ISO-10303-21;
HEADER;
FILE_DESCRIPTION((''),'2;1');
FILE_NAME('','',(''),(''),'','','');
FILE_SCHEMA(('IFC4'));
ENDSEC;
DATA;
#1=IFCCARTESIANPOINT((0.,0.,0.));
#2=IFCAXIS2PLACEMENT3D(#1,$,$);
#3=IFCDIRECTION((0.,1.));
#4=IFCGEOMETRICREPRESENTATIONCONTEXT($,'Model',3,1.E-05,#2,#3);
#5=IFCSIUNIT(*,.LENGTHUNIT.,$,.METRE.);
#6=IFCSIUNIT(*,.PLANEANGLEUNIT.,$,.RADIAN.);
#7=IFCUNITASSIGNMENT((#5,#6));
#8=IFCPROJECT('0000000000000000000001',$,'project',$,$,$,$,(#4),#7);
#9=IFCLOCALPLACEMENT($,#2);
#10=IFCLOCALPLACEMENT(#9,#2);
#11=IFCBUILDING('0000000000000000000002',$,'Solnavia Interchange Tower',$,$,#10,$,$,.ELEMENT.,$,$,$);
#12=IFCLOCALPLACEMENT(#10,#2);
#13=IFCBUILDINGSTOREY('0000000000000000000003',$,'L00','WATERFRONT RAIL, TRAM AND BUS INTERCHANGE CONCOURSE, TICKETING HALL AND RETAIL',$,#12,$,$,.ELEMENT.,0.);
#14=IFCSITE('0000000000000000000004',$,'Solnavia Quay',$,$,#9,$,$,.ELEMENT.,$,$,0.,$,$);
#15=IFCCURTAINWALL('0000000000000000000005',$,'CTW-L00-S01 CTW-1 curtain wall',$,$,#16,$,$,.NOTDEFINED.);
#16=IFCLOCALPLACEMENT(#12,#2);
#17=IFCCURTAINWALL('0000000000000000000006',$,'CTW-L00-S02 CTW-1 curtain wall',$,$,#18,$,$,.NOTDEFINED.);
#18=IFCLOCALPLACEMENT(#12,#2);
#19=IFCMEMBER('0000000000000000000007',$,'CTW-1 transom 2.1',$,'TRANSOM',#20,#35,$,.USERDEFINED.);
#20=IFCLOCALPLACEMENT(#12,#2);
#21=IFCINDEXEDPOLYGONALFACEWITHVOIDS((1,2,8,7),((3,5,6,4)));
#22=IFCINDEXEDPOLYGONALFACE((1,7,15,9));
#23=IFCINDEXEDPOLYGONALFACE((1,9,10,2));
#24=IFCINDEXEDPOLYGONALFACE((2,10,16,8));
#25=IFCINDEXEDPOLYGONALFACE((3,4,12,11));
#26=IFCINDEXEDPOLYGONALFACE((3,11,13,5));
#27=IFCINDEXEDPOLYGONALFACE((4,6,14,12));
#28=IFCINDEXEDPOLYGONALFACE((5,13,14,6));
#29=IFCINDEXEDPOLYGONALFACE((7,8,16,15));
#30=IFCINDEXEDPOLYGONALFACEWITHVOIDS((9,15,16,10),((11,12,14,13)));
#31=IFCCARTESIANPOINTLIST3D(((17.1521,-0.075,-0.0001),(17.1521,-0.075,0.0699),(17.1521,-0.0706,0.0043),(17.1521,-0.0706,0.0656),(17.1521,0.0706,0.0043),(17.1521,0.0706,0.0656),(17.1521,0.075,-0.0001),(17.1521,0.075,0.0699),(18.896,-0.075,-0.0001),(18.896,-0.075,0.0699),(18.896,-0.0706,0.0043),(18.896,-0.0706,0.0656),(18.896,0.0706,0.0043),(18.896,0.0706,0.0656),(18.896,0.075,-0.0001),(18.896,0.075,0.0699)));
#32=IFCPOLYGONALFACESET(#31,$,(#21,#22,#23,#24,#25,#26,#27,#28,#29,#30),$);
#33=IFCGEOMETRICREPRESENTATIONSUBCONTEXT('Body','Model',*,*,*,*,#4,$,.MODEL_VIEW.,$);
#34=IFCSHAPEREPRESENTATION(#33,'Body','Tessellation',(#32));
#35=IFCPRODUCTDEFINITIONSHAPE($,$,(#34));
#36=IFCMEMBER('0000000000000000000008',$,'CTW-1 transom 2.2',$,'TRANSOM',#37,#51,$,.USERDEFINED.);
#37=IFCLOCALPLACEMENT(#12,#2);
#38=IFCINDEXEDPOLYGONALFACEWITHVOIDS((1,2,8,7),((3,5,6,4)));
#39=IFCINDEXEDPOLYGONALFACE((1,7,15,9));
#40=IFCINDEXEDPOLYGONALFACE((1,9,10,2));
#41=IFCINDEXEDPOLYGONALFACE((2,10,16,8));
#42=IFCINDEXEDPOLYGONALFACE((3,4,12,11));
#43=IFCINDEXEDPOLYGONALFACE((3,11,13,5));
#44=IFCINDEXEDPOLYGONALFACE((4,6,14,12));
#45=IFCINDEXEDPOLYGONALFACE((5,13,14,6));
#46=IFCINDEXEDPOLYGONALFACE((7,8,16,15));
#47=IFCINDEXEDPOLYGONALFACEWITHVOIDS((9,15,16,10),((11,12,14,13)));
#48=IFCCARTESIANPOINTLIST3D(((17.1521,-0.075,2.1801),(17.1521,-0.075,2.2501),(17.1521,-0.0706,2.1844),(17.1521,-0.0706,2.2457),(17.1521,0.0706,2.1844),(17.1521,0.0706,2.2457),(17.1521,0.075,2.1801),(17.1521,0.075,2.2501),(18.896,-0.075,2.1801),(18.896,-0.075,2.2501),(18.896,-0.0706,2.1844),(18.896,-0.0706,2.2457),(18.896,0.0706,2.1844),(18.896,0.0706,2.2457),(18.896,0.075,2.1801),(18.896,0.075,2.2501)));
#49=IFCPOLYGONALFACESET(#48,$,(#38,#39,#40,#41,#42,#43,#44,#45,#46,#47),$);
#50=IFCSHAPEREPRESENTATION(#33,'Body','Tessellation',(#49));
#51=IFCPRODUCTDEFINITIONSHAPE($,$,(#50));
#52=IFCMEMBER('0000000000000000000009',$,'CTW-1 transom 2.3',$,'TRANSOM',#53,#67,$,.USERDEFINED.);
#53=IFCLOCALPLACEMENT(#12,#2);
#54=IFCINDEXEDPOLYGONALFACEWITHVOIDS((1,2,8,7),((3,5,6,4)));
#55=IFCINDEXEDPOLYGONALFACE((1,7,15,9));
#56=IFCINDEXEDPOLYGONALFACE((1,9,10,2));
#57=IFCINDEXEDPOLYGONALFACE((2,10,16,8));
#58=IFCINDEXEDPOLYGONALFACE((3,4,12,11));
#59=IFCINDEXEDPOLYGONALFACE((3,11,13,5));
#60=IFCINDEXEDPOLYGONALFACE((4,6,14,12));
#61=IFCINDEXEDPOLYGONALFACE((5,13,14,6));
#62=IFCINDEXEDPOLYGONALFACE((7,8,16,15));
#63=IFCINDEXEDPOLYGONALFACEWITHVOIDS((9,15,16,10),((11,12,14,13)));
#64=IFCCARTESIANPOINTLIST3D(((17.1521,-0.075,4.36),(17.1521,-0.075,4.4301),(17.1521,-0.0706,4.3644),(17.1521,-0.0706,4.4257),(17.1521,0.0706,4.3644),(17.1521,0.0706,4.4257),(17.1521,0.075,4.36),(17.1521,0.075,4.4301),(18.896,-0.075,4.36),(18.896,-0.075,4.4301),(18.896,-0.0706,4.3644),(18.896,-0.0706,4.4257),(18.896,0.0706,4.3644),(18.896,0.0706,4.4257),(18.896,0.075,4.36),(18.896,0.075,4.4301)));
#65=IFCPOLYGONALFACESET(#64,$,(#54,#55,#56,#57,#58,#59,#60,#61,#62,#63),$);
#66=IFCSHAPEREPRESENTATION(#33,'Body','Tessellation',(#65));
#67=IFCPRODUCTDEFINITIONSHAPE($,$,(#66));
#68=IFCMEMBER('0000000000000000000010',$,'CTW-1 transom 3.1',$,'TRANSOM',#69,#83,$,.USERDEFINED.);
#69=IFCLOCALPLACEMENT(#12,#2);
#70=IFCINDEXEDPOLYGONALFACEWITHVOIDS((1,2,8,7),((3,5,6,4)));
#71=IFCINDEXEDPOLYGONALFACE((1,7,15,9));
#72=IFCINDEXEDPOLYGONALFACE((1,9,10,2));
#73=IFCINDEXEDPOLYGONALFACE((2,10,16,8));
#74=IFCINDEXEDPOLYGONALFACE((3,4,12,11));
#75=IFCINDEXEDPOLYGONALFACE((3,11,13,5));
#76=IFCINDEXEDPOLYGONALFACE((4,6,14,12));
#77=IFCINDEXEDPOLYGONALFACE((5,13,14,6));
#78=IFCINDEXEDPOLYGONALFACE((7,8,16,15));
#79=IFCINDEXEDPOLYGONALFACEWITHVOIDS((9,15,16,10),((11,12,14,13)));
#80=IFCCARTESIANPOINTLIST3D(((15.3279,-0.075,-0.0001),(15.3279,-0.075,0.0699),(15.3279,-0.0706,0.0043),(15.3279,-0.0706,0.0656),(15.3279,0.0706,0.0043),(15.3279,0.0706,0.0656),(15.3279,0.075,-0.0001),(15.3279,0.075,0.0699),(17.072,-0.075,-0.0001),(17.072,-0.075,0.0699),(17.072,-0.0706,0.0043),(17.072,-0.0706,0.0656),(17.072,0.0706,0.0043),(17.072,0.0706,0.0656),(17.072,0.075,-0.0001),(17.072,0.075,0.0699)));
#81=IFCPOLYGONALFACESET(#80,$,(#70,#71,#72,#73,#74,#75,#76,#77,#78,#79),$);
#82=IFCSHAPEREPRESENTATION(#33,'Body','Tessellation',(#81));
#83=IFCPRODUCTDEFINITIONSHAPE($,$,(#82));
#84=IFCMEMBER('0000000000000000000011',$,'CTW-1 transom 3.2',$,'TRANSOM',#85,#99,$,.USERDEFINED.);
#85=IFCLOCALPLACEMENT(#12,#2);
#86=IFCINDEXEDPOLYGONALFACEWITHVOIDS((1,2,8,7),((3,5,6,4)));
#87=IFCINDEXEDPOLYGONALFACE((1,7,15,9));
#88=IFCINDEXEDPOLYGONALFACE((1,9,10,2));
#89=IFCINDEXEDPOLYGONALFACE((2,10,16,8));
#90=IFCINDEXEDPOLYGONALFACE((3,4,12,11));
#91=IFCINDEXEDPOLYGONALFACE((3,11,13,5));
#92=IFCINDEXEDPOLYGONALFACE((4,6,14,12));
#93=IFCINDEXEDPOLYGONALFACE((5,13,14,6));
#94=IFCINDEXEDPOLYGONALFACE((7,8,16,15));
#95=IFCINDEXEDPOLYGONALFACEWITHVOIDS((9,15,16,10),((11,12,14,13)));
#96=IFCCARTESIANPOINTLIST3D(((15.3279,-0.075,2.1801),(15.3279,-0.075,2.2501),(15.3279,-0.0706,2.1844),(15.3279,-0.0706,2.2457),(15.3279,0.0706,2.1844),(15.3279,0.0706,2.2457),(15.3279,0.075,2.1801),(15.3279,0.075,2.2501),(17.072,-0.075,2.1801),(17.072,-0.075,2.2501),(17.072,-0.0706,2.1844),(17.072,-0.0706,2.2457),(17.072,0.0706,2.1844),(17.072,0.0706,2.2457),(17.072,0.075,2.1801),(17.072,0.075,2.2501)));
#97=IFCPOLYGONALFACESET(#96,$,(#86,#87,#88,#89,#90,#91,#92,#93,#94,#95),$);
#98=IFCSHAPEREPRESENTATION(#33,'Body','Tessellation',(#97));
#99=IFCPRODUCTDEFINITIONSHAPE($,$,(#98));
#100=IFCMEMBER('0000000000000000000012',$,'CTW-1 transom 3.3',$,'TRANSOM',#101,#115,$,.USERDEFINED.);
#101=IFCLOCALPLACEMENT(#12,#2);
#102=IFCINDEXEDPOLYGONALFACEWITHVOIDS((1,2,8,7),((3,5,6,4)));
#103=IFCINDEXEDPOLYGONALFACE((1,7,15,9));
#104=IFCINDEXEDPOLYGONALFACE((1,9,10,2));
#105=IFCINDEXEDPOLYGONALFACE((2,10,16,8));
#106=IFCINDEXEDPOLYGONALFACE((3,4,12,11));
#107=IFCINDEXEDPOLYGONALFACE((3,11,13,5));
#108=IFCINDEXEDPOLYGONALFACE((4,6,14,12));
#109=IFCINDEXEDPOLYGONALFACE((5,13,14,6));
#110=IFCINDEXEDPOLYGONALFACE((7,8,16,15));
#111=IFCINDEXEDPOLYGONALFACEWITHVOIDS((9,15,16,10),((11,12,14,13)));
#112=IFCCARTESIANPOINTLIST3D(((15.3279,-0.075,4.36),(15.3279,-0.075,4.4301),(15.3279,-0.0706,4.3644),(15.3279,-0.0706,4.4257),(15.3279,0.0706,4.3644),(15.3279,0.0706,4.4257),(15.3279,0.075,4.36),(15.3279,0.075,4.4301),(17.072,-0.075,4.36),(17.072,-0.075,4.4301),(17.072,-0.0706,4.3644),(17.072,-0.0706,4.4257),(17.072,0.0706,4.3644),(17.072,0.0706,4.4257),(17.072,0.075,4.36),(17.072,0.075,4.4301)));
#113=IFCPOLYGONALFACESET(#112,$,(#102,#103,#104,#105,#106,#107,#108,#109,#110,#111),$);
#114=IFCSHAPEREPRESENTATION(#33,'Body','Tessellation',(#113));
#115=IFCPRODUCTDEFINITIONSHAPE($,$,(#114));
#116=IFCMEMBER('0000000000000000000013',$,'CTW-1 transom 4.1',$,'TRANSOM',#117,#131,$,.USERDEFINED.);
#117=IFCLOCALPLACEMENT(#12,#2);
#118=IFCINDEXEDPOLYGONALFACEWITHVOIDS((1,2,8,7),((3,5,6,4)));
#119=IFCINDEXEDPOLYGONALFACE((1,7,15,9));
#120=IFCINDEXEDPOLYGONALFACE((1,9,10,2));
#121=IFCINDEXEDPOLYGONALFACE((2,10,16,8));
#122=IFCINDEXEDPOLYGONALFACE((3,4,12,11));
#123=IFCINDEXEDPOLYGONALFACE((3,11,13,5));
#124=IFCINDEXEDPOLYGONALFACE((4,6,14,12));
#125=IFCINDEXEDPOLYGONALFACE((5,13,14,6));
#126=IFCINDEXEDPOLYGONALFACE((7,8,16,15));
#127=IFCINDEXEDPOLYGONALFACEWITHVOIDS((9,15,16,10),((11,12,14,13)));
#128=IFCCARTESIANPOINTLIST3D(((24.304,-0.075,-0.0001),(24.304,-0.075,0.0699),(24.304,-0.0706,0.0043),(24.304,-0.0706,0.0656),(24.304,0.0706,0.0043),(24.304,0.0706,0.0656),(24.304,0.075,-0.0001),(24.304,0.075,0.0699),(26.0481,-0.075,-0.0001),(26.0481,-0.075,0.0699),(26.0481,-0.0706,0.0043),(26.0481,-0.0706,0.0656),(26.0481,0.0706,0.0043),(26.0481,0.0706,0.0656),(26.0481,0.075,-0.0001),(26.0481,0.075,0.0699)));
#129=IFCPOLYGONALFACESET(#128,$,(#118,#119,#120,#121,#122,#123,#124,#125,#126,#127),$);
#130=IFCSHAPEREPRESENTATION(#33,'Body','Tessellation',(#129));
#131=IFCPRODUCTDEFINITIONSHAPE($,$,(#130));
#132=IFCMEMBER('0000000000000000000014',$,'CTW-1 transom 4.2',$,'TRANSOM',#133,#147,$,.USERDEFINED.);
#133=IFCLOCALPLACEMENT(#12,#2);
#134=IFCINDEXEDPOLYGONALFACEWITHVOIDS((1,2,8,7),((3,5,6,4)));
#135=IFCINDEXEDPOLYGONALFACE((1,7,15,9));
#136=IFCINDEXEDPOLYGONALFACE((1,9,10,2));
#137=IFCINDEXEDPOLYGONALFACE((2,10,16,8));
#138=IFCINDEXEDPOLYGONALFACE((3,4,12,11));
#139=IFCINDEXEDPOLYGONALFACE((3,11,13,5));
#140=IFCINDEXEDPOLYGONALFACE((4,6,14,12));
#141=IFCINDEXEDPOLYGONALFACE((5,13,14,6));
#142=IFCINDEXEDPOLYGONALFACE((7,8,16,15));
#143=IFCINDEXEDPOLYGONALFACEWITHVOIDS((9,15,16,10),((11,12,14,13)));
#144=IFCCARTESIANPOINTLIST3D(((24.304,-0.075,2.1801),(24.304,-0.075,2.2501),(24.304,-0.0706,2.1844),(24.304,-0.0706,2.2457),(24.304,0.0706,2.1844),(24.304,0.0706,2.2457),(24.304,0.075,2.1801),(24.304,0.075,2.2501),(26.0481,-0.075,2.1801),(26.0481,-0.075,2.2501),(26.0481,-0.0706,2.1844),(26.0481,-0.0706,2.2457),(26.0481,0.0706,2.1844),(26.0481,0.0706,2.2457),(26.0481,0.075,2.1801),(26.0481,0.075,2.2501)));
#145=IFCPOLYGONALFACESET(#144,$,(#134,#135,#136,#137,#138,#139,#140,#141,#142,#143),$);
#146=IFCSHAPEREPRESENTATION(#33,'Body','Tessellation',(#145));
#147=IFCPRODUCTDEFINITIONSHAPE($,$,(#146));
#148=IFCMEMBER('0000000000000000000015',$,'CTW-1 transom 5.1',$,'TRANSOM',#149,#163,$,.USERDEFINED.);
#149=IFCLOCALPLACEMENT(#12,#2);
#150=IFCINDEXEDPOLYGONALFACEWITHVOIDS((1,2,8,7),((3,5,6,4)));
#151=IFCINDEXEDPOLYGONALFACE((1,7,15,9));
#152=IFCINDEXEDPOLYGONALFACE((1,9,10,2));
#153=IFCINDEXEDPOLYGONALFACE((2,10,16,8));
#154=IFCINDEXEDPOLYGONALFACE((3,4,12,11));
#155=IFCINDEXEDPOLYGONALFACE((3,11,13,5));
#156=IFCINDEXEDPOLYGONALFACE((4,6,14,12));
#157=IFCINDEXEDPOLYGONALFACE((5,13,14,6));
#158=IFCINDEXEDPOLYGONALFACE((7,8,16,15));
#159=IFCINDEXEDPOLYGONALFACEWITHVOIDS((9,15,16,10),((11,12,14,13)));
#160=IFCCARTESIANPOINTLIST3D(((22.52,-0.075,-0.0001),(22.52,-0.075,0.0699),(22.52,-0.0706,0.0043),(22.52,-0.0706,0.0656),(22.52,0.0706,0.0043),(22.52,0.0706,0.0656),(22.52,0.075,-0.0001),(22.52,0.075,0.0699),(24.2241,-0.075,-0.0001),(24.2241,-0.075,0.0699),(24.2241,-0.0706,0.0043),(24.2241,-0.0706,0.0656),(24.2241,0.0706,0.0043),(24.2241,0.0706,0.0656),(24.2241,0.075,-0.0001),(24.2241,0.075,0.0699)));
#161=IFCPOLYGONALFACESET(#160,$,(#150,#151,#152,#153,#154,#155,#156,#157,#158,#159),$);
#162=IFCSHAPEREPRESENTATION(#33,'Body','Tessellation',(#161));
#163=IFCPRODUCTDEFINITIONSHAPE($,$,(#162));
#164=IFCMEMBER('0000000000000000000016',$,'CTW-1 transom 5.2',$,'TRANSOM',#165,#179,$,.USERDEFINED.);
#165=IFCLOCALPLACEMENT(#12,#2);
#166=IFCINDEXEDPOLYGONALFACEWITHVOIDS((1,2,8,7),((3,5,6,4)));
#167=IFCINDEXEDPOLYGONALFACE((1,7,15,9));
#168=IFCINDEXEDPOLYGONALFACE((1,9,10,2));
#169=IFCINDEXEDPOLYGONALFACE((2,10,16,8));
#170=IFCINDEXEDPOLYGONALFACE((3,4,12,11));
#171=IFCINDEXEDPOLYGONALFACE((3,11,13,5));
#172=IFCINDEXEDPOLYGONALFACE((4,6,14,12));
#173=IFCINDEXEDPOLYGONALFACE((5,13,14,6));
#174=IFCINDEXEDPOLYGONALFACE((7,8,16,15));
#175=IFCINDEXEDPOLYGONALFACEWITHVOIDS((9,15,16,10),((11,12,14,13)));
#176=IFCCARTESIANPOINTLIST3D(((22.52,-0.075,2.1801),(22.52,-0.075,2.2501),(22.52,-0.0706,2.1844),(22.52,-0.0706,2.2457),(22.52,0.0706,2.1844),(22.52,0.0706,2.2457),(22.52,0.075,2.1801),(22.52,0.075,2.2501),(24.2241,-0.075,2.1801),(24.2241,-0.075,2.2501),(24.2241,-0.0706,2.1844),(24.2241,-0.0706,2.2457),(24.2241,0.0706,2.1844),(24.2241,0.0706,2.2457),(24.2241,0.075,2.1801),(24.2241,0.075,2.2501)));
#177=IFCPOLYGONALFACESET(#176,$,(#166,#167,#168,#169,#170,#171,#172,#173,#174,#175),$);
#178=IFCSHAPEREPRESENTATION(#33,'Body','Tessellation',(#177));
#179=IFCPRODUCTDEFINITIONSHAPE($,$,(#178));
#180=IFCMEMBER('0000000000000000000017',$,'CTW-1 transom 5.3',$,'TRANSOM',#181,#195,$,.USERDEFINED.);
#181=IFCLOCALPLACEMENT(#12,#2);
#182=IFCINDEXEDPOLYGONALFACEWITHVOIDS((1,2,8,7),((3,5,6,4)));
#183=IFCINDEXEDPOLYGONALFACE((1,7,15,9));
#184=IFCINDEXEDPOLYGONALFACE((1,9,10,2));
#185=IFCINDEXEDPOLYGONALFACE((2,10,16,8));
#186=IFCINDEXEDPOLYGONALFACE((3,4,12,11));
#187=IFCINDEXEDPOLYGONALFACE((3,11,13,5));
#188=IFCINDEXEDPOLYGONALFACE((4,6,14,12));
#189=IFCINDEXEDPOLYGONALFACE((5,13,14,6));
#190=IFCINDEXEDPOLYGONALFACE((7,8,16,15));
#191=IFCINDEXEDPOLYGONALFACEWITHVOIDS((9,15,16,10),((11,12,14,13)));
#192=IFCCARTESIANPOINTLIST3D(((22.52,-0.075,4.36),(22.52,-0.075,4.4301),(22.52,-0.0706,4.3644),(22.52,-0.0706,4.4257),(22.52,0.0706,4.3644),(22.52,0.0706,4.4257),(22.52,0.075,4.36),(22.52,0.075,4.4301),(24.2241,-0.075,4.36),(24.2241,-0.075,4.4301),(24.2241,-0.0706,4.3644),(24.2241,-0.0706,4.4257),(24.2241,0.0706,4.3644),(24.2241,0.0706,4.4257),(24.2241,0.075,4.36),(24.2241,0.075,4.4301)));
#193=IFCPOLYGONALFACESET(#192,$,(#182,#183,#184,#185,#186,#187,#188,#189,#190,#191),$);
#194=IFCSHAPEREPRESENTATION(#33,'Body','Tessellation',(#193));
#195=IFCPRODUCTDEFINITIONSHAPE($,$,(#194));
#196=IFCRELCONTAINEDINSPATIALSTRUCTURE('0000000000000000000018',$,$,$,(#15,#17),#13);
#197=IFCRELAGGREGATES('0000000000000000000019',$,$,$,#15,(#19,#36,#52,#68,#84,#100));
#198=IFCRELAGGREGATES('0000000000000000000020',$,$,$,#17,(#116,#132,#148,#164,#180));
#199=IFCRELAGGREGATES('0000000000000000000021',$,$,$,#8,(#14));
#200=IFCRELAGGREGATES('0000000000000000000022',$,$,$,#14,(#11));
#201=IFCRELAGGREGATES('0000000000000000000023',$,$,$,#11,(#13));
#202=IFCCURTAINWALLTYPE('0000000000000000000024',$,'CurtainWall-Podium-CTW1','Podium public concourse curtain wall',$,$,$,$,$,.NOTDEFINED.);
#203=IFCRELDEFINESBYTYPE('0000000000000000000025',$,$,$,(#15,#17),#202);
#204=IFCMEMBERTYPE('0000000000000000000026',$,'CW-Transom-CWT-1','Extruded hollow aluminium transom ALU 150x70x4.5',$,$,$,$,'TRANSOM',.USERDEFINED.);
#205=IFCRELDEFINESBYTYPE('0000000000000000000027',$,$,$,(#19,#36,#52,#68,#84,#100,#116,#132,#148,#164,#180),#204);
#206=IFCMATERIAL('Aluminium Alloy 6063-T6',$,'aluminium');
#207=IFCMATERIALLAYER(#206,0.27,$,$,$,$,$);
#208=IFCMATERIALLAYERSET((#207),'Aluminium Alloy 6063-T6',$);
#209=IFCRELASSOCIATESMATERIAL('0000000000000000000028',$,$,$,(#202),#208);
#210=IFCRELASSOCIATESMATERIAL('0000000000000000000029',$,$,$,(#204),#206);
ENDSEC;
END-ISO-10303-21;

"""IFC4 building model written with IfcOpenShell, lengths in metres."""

from ifc_helpers import new_model, si_unit, direction, frame, origin, origin_2d, place, context, subcontext, project, spatial, hollow_rectangle, extrude, material, layer, layer_set, material_profile, profile_set, type_object, element, aggregate, save


model = new_model("IFC4")

# Units and contexts
model_context = context("Model", 3, precision=1e-05, world=origin(), true_north=direction((0.0, 1.0)))
body_context = subcontext(model_context, "Body", "Model", "MODEL_VIEW")
ifc_project = project(units=[si_unit("LENGTHUNIT", "METRE"), si_unit("PLANEANGLEUNIT", "RADIAN")], contexts=[model_context])

# Site, building, storey
site_placement = place(None, origin())
site = spatial("IfcSite", under=ifc_project, at=site_placement, Name="Solnavia Quay", CompositionType="ELEMENT", RefElevation=0.0)
building_placement = place(site_placement, origin())
building = spatial("IfcBuilding", under=site, at=building_placement, Name="Solnavia Interchange Tower", CompositionType="ELEMENT")
storey_placement = place(building_placement, origin())
storey = spatial("IfcBuildingStorey", under=building, at=storey_placement, Name="L00", Description="WATERFRONT RAIL, TRAM AND BUS INTERCHANGE CONCOURSE, TICKETING HALL AND RETAIL", CompositionType="ELEMENT", Elevation=0.0)

# Curtain walls
ifc_material_1 = material(Name="Aluminium Alloy 6063-T6", Category="aluminium")
ifc_layer_1 = layer(ifc_material_1, 0.27)
ifc_layer_set_1 = layer_set([ifc_layer_1], Name="Aluminium Alloy 6063-T6")
curtain_wall_type = type_object("IfcCurtainWallType", Name="CurtainWall-Podium-CTW1", Description="Podium public concourse curtain wall", PredefinedType="NOTDEFINED", material=ifc_layer_set_1)
curtain_wall_1_placement = place(storey_placement, origin())
curtain_wall_1 = element("IfcCurtainWall", 1, at=curtain_wall_1_placement, inside=storey, type_object=curtain_wall_type, Name="CTW-L00-S01 CTW-1 curtain wall", PredefinedType="NOTDEFINED")
curtain_wall_2_placement = place(storey_placement, origin())
curtain_wall_2 = element("IfcCurtainWall", 2, at=curtain_wall_2_placement, inside=storey, type_object=curtain_wall_type, Name="CTW-L00-S02 CTW-1 curtain wall", PredefinedType="NOTDEFINED")

# Members
ifc_material_profile_1 = material_profile(ifc_material_1, hollow_rectangle(XDim=0.0701, YDim=0.1499, WallThickness=0.0044, at=origin_2d()), Name="ALU 150x70x4.5")
ifc_profile_set_1 = profile_set([ifc_material_profile_1], Name="Aluminium Alloy 6063-T6")
member_type_1 = type_object("IfcMemberType", Name="CW-Transom-CWT-1", Description="Extruded hollow aluminium transom ALU 150x70x4.5", ElementType="TRANSOM", PredefinedType="USERDEFINED", material=ifc_profile_set_1)
member_1_placement = place(storey_placement, frame((18.896, 0.0, 0.0349), z_axis=(-1.0, 0.0, 0.0), x_axis=(0.0, 0.0, 1.0)))
member_1 = element("IfcMember", 3, at=member_1_placement, type_object=member_type_1, Name="CTW-1 transom 2.1", ObjectType="TRANSOM", PredefinedType="USERDEFINED", context=body_context, shape_type="SweptSolid", body=[
    extrude(hollow_rectangle(XDim=0.0701, YDim=0.1499, WallThickness=0.0044, at=origin_2d()), origin(), (0.0, 0.0, 1.0), 1.7439),
])
member_2_placement = place(storey_placement, frame((18.896, 0.0, 2.2151), z_axis=(-1.0, 0.0, 0.0), x_axis=(0.0, 0.0, 1.0)))
member_2 = element("IfcMember", 4, at=member_2_placement, type_object=member_type_1, Name="CTW-1 transom 2.2", ObjectType="TRANSOM", PredefinedType="USERDEFINED", context=body_context, shape_type="SweptSolid", body=[
    extrude(hollow_rectangle(XDim=0.0701, YDim=0.1499, WallThickness=0.0044, at=origin_2d()), origin(), (0.0, 0.0, 1.0), 1.7439),
])
member_3_placement = place(storey_placement, frame((18.896, 0.0, 4.395), z_axis=(-1.0, 0.0, 0.0), x_axis=(0.0, 0.0, 1.0)))
member_3 = element("IfcMember", 5, at=member_3_placement, type_object=member_type_1, Name="CTW-1 transom 2.3", ObjectType="TRANSOM", PredefinedType="USERDEFINED", context=body_context, shape_type="SweptSolid", body=[
    extrude(hollow_rectangle(XDim=0.0701, YDim=0.1499, WallThickness=0.0044, at=origin_2d()), origin(), (0.0, 0.0, 1.0), 1.7439),
])
member_4_placement = place(storey_placement, frame((17.072, 0.0, 0.0349), z_axis=(-1.0, 0.0, 0.0), x_axis=(0.0, 0.0, 1.0)))
member_4 = element("IfcMember", 6, at=member_4_placement, type_object=member_type_1, Name="CTW-1 transom 3.1", ObjectType="TRANSOM", PredefinedType="USERDEFINED", context=body_context, shape_type="SweptSolid", body=[
    extrude(hollow_rectangle(XDim=0.0701, YDim=0.1499, WallThickness=0.0044, at=origin_2d()), origin(), (0.0, 0.0, 1.0), 1.7441),
])
member_5_placement = place(storey_placement, frame((17.072, 0.0, 2.2151), z_axis=(-1.0, 0.0, 0.0), x_axis=(0.0, 0.0, 1.0)))
member_5 = element("IfcMember", 7, at=member_5_placement, type_object=member_type_1, Name="CTW-1 transom 3.2", ObjectType="TRANSOM", PredefinedType="USERDEFINED", context=body_context, shape_type="SweptSolid", body=[
    extrude(hollow_rectangle(XDim=0.0701, YDim=0.1499, WallThickness=0.0044, at=origin_2d()), origin(), (0.0, 0.0, 1.0), 1.7441),
])
member_6_placement = place(storey_placement, frame((17.072, 0.0, 4.395), z_axis=(-1.0, 0.0, 0.0), x_axis=(0.0, 0.0, 1.0)))
member_6 = element("IfcMember", 8, at=member_6_placement, type_object=member_type_1, Name="CTW-1 transom 3.3", ObjectType="TRANSOM", PredefinedType="USERDEFINED", context=body_context, shape_type="SweptSolid", body=[
    extrude(hollow_rectangle(XDim=0.0701, YDim=0.1499, WallThickness=0.0044, at=origin_2d()), origin(), (0.0, 0.0, 1.0), 1.7441),
])
member_7_placement = place(storey_placement, frame((26.0481, 0.0, 0.0349), z_axis=(-1.0, 0.0, 0.0), x_axis=(0.0, 0.0, 1.0)))
member_7 = element("IfcMember", 9, at=member_7_placement, type_object=member_type_1, Name="CTW-1 transom 4.1", ObjectType="TRANSOM", PredefinedType="USERDEFINED", context=body_context, shape_type="SweptSolid", body=[
    extrude(hollow_rectangle(XDim=0.0701, YDim=0.1499, WallThickness=0.0044, at=origin_2d()), origin(), (0.0, 0.0, 1.0), 1.7441),
])
member_8_placement = place(storey_placement, frame((26.0481, 0.0, 2.2151), z_axis=(-1.0, 0.0, 0.0), x_axis=(0.0, 0.0, 1.0)))
member_8 = element("IfcMember", 10, at=member_8_placement, type_object=member_type_1, Name="CTW-1 transom 4.2", ObjectType="TRANSOM", PredefinedType="USERDEFINED", context=body_context, shape_type="SweptSolid", body=[
    extrude(hollow_rectangle(XDim=0.0701, YDim=0.1499, WallThickness=0.0044, at=origin_2d()), origin(), (0.0, 0.0, 1.0), 1.7441),
])
member_9_placement = place(storey_placement, frame((24.2241, 0.0, 0.0349), z_axis=(-1.0, 0.0, 0.0), x_axis=(0.0, 0.0, 1.0)))
member_9 = element("IfcMember", 11, at=member_9_placement, type_object=member_type_1, Name="CTW-1 transom 5.1", ObjectType="TRANSOM", PredefinedType="USERDEFINED", context=body_context, shape_type="SweptSolid", body=[
    extrude(hollow_rectangle(XDim=0.0701, YDim=0.1499, WallThickness=0.0044, at=origin_2d()), origin(), (0.0, 0.0, 1.0), 1.7041),
])
member_10_placement = place(storey_placement, frame((24.2241, 0.0, 2.2151), z_axis=(-1.0, 0.0, 0.0), x_axis=(0.0, 0.0, 1.0)))
member_10 = element("IfcMember", 12, at=member_10_placement, type_object=member_type_1, Name="CTW-1 transom 5.2", ObjectType="TRANSOM", PredefinedType="USERDEFINED", context=body_context, shape_type="SweptSolid", body=[
    extrude(hollow_rectangle(XDim=0.0701, YDim=0.1499, WallThickness=0.0044, at=origin_2d()), origin(), (0.0, 0.0, 1.0), 1.7041),
])
member_11_placement = place(storey_placement, frame((24.2241, 0.0, 4.395), z_axis=(-1.0, 0.0, 0.0), x_axis=(0.0, 0.0, 1.0)))
member_11 = element("IfcMember", 13, at=member_11_placement, type_object=member_type_1, Name="CTW-1 transom 5.3", ObjectType="TRANSOM", PredefinedType="USERDEFINED", context=body_context, shape_type="SweptSolid", body=[
    extrude(hollow_rectangle(XDim=0.0701, YDim=0.1499, WallThickness=0.0044, at=origin_2d()), origin(), (0.0, 0.0, 1.0), 1.7041),
])

aggregate(curtain_wall_1, [member_1, member_2, member_3, member_4, member_5, member_6])
aggregate(curtain_wall_2, [member_7, member_8, member_9, member_10, member_11])

save(model, "model.ifc")
